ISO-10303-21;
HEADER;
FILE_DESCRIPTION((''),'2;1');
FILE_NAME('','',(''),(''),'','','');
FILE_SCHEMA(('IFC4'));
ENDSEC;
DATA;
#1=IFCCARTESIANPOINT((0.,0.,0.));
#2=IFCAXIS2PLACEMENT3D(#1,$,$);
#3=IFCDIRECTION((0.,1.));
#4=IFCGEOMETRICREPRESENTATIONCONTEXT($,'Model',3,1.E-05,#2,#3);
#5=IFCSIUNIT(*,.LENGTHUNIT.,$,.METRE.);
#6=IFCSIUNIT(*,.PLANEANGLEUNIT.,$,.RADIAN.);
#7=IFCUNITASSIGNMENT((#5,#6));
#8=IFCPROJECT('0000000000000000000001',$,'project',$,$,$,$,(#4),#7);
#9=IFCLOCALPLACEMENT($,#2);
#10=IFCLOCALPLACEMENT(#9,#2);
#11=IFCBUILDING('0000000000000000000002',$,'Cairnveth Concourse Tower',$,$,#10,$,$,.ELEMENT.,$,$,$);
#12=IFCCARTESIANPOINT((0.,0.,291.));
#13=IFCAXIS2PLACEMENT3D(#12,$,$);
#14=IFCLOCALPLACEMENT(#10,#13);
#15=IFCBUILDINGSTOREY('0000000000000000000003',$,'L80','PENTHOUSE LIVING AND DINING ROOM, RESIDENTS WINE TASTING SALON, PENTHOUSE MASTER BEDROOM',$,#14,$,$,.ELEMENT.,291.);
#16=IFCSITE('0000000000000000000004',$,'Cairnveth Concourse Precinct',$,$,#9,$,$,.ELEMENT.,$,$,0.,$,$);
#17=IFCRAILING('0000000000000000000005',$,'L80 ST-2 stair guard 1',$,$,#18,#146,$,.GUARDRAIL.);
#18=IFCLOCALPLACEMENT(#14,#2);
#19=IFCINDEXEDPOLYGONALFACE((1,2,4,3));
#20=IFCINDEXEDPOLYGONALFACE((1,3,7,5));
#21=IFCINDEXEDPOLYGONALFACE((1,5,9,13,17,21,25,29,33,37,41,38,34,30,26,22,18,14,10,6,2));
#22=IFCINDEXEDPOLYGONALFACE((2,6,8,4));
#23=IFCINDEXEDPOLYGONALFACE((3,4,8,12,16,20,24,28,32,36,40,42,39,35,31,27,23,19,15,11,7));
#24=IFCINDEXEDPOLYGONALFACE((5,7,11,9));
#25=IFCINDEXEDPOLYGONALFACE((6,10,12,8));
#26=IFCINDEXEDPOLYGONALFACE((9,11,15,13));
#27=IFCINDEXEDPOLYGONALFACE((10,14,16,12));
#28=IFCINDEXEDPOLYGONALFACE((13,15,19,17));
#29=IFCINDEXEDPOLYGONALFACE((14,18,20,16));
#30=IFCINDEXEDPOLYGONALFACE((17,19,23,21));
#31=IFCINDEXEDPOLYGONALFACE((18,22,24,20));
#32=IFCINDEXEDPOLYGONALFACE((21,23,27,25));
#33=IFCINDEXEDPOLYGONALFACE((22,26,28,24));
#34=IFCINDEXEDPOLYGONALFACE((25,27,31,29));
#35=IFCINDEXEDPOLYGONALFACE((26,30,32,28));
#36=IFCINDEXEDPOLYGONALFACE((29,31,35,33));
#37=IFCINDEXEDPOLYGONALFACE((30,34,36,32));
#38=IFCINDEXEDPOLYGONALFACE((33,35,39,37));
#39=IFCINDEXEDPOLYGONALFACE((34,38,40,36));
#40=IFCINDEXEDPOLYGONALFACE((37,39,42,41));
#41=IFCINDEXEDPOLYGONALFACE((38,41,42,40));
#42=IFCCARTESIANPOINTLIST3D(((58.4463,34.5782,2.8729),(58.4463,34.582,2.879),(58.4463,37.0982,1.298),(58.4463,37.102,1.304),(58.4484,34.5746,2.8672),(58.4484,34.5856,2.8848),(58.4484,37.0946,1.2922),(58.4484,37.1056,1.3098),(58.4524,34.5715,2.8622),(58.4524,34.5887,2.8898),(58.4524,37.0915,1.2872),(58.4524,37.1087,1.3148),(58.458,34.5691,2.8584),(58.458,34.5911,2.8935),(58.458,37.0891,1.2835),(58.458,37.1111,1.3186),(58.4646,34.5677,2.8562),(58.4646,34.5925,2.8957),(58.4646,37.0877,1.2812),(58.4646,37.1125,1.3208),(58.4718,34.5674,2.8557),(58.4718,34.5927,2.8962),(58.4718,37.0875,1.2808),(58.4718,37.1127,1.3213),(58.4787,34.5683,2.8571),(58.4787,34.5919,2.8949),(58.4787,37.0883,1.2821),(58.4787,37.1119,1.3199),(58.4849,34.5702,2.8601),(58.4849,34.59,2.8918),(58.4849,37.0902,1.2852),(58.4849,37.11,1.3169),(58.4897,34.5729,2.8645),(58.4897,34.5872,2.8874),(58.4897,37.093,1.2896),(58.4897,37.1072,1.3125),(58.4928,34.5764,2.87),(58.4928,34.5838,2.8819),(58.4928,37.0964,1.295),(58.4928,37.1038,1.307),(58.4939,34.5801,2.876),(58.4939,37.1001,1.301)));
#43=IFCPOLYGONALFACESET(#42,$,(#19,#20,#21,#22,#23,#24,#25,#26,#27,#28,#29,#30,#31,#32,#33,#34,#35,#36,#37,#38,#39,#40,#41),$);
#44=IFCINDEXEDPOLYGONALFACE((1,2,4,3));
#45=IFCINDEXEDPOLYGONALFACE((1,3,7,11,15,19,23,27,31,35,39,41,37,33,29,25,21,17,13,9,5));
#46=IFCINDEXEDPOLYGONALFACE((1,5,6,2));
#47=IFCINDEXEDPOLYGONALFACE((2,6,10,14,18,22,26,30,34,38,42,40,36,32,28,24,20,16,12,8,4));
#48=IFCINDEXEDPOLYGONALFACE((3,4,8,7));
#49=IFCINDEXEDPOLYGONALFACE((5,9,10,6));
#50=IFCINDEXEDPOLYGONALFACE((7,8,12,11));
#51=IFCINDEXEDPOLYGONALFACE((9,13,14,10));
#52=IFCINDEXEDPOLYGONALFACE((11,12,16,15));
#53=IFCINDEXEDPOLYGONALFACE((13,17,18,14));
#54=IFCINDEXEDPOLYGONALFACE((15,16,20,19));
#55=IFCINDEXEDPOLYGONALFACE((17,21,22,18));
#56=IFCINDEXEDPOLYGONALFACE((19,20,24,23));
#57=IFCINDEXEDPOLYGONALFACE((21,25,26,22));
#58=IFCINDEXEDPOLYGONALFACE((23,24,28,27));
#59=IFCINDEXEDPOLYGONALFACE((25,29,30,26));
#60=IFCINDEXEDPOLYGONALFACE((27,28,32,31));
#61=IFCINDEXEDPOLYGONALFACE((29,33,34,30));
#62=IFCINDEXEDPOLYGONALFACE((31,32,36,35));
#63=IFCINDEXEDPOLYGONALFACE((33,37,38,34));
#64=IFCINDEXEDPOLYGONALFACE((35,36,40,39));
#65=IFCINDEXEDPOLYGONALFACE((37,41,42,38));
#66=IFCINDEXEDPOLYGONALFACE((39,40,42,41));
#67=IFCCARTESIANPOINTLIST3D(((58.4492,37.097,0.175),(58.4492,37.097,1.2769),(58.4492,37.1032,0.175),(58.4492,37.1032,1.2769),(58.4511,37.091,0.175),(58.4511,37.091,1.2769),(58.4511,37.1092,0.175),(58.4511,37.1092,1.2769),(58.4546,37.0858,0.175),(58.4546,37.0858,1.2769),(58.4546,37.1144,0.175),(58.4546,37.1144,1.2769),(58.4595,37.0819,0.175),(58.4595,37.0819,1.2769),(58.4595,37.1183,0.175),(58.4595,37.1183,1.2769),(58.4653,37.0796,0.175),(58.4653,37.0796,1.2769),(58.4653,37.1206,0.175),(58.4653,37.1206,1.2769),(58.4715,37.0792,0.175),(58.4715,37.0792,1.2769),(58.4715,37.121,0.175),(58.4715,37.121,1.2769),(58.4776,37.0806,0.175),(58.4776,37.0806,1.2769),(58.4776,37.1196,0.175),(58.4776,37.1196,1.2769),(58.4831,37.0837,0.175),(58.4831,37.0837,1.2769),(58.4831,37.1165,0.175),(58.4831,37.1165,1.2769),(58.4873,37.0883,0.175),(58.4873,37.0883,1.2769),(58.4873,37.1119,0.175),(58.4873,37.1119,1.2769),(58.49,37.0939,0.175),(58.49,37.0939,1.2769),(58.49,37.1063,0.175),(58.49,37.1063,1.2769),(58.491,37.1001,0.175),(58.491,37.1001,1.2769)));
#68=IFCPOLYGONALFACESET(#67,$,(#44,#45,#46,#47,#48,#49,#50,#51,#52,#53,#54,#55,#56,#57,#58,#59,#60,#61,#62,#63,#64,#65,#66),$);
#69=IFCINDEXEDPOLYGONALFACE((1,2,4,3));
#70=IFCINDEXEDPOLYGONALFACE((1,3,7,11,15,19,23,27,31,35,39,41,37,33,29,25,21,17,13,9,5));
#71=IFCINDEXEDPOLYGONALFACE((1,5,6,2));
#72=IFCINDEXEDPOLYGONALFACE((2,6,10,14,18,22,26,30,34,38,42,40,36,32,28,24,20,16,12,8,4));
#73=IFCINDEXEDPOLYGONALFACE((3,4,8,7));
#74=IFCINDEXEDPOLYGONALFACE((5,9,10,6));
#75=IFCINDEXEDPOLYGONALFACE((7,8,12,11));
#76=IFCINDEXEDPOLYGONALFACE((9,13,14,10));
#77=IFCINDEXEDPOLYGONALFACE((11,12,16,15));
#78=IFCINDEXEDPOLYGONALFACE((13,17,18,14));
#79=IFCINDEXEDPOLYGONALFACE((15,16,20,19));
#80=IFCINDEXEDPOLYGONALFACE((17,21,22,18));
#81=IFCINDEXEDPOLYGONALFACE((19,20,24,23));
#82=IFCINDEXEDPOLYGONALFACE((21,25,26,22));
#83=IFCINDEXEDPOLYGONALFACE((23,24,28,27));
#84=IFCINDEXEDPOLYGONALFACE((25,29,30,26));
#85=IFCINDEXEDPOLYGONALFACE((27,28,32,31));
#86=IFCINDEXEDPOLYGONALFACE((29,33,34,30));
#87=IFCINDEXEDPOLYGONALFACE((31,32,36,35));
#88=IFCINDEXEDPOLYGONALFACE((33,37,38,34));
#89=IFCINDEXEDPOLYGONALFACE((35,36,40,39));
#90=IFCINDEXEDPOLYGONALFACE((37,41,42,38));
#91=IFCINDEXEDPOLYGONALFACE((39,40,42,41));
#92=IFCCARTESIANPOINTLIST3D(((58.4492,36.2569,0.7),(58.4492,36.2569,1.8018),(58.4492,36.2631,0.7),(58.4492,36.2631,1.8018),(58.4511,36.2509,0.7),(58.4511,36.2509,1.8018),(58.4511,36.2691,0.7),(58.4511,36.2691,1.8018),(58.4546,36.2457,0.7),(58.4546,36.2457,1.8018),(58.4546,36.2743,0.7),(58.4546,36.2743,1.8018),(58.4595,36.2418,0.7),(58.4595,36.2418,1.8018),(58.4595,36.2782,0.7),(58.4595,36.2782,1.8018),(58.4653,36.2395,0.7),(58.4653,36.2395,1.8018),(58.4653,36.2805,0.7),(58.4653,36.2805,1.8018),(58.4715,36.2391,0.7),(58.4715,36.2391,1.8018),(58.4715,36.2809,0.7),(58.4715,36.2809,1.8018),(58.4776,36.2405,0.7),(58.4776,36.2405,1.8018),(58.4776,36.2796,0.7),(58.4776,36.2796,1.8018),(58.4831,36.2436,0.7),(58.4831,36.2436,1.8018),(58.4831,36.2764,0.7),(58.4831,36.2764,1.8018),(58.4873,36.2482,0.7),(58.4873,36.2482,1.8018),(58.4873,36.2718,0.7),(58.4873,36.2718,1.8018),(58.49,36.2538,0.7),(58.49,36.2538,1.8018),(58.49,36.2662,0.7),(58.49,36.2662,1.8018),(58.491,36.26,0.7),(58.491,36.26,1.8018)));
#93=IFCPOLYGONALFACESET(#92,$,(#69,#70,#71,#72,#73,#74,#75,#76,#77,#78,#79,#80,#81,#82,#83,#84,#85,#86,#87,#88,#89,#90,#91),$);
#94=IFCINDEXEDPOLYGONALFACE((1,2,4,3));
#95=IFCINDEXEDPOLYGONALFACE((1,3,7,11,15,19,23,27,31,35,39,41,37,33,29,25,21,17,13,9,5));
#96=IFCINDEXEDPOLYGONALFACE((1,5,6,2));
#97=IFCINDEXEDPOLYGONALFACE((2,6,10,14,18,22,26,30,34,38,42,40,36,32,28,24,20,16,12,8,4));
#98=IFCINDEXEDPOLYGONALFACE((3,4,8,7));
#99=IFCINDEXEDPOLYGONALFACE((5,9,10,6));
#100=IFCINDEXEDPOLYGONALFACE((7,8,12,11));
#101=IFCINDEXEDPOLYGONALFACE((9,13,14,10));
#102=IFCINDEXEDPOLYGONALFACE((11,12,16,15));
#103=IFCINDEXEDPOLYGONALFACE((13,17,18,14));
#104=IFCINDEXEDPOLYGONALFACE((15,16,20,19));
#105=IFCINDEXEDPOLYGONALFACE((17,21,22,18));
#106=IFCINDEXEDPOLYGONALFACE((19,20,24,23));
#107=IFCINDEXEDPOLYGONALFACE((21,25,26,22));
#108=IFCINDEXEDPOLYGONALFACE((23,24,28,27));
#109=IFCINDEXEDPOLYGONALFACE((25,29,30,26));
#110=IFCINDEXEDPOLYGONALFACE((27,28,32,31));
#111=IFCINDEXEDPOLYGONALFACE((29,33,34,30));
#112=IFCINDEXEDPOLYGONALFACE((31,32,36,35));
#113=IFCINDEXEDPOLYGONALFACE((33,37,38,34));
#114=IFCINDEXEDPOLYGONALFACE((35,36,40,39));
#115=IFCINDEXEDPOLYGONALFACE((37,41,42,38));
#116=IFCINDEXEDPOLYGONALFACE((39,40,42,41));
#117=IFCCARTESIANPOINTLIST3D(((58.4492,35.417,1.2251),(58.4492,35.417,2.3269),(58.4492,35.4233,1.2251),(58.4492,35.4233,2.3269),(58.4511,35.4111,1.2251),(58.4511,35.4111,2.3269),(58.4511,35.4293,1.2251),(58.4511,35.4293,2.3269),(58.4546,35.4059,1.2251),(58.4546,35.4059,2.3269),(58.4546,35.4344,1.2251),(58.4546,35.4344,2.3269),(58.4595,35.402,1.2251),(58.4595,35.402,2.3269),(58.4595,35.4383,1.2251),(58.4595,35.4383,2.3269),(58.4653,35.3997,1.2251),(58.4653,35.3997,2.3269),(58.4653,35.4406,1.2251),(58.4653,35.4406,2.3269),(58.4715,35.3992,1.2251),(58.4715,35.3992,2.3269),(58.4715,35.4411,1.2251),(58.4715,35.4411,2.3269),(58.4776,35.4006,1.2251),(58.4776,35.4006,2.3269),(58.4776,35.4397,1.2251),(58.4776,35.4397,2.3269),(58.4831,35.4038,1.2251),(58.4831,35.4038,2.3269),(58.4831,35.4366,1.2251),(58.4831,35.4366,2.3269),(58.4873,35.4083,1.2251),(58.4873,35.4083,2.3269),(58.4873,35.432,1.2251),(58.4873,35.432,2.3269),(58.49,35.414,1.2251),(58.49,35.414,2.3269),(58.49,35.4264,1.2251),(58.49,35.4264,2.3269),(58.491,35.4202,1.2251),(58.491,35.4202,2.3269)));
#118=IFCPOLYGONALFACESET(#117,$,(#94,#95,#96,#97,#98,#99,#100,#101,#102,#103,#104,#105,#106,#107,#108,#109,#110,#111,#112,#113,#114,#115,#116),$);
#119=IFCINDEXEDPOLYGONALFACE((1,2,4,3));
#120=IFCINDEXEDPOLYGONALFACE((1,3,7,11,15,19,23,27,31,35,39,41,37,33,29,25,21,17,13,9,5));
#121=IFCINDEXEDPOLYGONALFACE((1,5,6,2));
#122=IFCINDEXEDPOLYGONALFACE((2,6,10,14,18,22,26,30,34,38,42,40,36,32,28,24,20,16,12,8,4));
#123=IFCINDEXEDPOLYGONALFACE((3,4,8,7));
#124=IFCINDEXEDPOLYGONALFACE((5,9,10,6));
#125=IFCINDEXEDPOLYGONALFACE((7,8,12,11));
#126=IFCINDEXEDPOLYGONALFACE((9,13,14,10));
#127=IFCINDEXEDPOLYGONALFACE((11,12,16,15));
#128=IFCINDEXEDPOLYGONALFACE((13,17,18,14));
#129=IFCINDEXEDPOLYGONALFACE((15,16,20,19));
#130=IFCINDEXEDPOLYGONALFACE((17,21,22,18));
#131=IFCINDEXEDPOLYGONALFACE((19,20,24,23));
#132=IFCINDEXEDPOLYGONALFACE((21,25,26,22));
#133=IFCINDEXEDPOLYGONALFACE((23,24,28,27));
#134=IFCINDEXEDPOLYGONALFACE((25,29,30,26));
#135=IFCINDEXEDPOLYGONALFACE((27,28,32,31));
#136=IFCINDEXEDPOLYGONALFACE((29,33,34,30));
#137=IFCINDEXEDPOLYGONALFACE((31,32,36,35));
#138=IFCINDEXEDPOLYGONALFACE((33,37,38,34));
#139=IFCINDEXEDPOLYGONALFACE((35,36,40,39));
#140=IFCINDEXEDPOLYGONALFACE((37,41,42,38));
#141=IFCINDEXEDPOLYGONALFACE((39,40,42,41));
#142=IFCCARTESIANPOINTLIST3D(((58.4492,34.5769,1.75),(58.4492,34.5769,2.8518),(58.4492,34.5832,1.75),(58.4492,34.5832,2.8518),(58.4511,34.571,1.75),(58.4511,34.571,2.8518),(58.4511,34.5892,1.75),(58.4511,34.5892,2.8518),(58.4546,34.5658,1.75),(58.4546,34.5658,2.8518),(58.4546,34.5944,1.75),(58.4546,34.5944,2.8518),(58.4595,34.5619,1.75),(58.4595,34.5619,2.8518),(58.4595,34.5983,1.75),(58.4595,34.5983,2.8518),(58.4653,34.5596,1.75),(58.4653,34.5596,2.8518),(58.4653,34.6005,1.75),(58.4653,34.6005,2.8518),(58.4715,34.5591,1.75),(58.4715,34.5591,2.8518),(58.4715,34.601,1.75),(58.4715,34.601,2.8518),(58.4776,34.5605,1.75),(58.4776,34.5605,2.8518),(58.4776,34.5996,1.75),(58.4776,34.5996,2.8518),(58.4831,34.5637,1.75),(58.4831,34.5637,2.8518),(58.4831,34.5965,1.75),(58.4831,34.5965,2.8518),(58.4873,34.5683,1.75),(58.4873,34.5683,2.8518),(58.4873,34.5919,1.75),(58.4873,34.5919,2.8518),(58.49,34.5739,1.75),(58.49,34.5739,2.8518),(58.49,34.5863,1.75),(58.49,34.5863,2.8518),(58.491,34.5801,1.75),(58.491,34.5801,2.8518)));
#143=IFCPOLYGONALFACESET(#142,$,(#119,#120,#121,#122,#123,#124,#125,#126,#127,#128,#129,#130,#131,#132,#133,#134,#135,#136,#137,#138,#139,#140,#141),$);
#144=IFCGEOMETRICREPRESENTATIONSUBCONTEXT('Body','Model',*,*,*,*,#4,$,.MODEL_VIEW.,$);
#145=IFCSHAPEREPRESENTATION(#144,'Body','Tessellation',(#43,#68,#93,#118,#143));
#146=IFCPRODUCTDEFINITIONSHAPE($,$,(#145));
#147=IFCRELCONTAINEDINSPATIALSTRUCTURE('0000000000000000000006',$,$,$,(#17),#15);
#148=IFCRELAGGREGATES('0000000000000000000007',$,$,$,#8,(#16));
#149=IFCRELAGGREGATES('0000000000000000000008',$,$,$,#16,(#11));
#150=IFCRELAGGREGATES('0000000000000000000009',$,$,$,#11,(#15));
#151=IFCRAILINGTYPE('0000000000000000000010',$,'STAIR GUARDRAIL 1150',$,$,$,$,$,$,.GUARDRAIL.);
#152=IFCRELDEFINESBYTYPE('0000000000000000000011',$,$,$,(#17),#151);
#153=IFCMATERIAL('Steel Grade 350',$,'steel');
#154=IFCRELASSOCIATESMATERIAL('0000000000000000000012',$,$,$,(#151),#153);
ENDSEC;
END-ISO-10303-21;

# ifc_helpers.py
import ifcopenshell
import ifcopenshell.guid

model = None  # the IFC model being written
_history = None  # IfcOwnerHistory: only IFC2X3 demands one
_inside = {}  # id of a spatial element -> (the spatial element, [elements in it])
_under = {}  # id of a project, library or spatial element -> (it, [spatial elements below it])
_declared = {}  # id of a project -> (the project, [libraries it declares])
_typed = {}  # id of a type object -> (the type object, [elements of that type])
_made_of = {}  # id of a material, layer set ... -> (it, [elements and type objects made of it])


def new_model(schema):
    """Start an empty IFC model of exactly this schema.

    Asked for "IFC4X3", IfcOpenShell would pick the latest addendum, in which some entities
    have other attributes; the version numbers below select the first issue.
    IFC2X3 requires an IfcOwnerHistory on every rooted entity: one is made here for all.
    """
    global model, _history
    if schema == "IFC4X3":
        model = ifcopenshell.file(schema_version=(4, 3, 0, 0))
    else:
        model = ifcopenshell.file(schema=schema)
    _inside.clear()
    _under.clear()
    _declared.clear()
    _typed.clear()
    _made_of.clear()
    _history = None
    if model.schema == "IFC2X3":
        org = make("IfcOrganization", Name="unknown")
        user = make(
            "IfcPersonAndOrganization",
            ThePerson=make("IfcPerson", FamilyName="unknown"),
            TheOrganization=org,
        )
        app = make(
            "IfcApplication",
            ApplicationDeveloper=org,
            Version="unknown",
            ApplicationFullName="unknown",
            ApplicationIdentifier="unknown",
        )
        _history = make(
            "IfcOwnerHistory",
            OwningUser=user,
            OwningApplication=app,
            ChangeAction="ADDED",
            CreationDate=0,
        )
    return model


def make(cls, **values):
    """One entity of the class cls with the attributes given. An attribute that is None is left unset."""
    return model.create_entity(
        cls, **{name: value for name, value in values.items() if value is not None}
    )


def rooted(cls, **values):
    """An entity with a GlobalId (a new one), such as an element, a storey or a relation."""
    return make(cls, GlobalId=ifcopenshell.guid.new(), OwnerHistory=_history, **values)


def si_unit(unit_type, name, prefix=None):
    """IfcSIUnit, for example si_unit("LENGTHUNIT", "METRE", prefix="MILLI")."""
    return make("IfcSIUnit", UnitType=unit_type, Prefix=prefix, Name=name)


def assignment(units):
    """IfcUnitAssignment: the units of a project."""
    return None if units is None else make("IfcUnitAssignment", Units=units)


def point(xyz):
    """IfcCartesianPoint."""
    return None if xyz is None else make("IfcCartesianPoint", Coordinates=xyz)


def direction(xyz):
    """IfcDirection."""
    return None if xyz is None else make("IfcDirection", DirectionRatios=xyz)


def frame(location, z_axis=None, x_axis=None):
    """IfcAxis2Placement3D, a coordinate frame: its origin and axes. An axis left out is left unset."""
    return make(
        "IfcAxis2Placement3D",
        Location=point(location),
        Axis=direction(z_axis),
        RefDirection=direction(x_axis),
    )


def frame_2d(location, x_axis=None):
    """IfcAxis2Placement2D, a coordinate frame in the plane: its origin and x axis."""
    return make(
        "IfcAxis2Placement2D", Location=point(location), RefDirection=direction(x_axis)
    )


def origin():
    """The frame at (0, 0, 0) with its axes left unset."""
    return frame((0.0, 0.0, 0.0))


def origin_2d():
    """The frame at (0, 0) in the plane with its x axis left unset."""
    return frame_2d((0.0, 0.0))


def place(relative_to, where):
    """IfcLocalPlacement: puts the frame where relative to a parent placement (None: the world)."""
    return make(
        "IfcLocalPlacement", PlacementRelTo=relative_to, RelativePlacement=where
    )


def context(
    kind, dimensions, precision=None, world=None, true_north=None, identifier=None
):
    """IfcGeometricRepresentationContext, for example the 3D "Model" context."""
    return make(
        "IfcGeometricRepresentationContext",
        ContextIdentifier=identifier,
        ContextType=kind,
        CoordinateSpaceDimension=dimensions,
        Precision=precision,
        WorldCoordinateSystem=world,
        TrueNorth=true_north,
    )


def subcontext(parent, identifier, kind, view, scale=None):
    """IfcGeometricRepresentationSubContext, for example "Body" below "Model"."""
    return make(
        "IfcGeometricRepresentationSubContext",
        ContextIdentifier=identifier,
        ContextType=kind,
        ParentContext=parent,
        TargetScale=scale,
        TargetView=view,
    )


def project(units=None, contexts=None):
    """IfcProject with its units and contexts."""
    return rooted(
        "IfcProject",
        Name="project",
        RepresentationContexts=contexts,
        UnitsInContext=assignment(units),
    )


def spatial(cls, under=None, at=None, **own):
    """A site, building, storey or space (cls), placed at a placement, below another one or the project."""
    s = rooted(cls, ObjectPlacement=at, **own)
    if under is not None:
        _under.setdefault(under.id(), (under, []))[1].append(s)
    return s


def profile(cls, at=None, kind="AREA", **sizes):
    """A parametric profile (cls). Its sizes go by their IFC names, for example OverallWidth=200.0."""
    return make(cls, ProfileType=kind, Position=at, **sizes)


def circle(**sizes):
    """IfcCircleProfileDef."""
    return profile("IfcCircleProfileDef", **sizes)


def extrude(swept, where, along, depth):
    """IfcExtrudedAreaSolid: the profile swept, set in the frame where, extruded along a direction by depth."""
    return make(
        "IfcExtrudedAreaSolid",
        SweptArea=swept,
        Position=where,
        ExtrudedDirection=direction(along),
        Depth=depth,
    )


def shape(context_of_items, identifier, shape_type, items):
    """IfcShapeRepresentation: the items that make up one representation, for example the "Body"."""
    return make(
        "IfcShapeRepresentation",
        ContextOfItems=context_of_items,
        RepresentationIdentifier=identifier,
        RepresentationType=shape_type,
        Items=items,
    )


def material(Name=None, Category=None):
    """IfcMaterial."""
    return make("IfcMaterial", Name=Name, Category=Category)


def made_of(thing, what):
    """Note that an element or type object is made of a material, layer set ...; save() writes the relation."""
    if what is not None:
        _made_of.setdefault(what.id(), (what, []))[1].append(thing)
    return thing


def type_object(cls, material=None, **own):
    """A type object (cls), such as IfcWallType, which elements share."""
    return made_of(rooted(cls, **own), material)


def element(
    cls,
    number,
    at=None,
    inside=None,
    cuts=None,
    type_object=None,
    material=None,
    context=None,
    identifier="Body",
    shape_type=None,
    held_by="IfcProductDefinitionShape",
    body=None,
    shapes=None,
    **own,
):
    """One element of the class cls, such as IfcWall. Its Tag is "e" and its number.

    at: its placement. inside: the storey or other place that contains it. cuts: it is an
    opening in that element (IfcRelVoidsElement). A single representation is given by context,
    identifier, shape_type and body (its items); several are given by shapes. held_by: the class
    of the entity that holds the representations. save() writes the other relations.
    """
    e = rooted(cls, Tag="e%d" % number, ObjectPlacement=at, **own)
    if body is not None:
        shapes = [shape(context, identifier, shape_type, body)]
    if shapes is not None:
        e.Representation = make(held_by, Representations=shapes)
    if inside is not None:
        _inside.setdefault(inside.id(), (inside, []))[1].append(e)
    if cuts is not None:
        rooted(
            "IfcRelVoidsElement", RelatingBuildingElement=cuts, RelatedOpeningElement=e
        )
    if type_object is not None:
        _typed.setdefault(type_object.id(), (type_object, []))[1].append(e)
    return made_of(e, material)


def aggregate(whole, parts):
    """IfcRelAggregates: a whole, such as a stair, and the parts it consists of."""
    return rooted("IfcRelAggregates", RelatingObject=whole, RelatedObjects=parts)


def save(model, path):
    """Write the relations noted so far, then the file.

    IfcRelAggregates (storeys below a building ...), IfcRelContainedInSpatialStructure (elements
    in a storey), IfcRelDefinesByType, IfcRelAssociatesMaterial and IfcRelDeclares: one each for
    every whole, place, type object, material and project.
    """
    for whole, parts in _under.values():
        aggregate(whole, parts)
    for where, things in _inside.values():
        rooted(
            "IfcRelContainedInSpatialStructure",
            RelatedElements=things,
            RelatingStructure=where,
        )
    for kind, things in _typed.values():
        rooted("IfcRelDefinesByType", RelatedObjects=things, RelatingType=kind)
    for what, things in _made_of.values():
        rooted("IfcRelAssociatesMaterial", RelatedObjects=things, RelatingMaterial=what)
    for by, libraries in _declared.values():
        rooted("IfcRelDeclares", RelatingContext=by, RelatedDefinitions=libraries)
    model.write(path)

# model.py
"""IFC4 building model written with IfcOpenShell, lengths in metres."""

from ifc_helpers import new_model, si_unit, direction, frame, origin, origin_2d, place, context, subcontext, project, spatial, circle, extrude, material, type_object, element, save


model = new_model("IFC4")

# Units and contexts
model_context = context("Model", 3, precision=1e-05, world=origin(), true_north=direction((0.0, 1.0)))
body_context = subcontext(model_context, "Body", "Model", "MODEL_VIEW")
ifc_project = project(units=[si_unit("LENGTHUNIT", "METRE"), si_unit("PLANEANGLEUNIT", "RADIAN")], contexts=[model_context])

# Site, building, storey
site_placement = place(None, origin())
site = spatial("IfcSite", under=ifc_project, at=site_placement, Name="Cairnveth Concourse Precinct", CompositionType="ELEMENT", RefElevation=0.0)
building_placement = place(site_placement, origin())
building = spatial("IfcBuilding", under=site, at=building_placement, Name="Cairnveth Concourse Tower", CompositionType="ELEMENT")
storey_placement = place(building_placement, frame((0.0, 0.0, 291.0)))
storey = spatial("IfcBuildingStorey", under=building, at=storey_placement, Name="L80", Description="PENTHOUSE LIVING AND DINING ROOM, RESIDENTS WINE TASTING SALON, PENTHOUSE MASTER BEDROOM", CompositionType="ELEMENT", Elevation=291.0)

# Shared definitions
ifc_material_1 = material(Name="Steel Grade 350", Category="steel")

# Railing
railing_type_1 = type_object("IfcRailingType", Name="STAIR GUARDRAIL 1150", PredefinedType="GUARDRAIL", material=ifc_material_1)
railing_1_placement = place(storey_placement, frame((58.47, 37.1001, 0.175)))
element("IfcRailing", 1, at=railing_1_placement, inside=storey, type_object=railing_type_1, Name="L80 ST-2 stair guard 1", PredefinedType="GUARDRAIL", context=body_context, shape_type="SweptSolid", body=[
    extrude(circle(Radius=0.0239, at=origin_2d()), frame((0.0, 0.0, 1.126), z_axis=(0.0, -0.848008, 0.529984), x_axis=(1.0, 0.0, 0.0)), (0.0, 0.0, 1.0), 2.9717),
    extrude(circle(Radius=0.021, at=origin_2d()), origin(), (0.0, 0.0, 1.0), 1.1018),
    extrude(circle(Radius=0.021, at=origin_2d()), frame((0.0, -0.8401, 0.5249)), (0.0, 0.0, 1.0), 1.1018),
    extrude(circle(Radius=0.021, at=origin_2d()), frame((0.0, -1.6799, 1.05)), (0.0, 0.0, 1.0), 1.1018),
    extrude(circle(Radius=0.021, at=origin_2d()), frame((0.0, -2.52, 1.575)), (0.0, 0.0, 1.0), 1.1018),
])

save(model, "model.ifc")
